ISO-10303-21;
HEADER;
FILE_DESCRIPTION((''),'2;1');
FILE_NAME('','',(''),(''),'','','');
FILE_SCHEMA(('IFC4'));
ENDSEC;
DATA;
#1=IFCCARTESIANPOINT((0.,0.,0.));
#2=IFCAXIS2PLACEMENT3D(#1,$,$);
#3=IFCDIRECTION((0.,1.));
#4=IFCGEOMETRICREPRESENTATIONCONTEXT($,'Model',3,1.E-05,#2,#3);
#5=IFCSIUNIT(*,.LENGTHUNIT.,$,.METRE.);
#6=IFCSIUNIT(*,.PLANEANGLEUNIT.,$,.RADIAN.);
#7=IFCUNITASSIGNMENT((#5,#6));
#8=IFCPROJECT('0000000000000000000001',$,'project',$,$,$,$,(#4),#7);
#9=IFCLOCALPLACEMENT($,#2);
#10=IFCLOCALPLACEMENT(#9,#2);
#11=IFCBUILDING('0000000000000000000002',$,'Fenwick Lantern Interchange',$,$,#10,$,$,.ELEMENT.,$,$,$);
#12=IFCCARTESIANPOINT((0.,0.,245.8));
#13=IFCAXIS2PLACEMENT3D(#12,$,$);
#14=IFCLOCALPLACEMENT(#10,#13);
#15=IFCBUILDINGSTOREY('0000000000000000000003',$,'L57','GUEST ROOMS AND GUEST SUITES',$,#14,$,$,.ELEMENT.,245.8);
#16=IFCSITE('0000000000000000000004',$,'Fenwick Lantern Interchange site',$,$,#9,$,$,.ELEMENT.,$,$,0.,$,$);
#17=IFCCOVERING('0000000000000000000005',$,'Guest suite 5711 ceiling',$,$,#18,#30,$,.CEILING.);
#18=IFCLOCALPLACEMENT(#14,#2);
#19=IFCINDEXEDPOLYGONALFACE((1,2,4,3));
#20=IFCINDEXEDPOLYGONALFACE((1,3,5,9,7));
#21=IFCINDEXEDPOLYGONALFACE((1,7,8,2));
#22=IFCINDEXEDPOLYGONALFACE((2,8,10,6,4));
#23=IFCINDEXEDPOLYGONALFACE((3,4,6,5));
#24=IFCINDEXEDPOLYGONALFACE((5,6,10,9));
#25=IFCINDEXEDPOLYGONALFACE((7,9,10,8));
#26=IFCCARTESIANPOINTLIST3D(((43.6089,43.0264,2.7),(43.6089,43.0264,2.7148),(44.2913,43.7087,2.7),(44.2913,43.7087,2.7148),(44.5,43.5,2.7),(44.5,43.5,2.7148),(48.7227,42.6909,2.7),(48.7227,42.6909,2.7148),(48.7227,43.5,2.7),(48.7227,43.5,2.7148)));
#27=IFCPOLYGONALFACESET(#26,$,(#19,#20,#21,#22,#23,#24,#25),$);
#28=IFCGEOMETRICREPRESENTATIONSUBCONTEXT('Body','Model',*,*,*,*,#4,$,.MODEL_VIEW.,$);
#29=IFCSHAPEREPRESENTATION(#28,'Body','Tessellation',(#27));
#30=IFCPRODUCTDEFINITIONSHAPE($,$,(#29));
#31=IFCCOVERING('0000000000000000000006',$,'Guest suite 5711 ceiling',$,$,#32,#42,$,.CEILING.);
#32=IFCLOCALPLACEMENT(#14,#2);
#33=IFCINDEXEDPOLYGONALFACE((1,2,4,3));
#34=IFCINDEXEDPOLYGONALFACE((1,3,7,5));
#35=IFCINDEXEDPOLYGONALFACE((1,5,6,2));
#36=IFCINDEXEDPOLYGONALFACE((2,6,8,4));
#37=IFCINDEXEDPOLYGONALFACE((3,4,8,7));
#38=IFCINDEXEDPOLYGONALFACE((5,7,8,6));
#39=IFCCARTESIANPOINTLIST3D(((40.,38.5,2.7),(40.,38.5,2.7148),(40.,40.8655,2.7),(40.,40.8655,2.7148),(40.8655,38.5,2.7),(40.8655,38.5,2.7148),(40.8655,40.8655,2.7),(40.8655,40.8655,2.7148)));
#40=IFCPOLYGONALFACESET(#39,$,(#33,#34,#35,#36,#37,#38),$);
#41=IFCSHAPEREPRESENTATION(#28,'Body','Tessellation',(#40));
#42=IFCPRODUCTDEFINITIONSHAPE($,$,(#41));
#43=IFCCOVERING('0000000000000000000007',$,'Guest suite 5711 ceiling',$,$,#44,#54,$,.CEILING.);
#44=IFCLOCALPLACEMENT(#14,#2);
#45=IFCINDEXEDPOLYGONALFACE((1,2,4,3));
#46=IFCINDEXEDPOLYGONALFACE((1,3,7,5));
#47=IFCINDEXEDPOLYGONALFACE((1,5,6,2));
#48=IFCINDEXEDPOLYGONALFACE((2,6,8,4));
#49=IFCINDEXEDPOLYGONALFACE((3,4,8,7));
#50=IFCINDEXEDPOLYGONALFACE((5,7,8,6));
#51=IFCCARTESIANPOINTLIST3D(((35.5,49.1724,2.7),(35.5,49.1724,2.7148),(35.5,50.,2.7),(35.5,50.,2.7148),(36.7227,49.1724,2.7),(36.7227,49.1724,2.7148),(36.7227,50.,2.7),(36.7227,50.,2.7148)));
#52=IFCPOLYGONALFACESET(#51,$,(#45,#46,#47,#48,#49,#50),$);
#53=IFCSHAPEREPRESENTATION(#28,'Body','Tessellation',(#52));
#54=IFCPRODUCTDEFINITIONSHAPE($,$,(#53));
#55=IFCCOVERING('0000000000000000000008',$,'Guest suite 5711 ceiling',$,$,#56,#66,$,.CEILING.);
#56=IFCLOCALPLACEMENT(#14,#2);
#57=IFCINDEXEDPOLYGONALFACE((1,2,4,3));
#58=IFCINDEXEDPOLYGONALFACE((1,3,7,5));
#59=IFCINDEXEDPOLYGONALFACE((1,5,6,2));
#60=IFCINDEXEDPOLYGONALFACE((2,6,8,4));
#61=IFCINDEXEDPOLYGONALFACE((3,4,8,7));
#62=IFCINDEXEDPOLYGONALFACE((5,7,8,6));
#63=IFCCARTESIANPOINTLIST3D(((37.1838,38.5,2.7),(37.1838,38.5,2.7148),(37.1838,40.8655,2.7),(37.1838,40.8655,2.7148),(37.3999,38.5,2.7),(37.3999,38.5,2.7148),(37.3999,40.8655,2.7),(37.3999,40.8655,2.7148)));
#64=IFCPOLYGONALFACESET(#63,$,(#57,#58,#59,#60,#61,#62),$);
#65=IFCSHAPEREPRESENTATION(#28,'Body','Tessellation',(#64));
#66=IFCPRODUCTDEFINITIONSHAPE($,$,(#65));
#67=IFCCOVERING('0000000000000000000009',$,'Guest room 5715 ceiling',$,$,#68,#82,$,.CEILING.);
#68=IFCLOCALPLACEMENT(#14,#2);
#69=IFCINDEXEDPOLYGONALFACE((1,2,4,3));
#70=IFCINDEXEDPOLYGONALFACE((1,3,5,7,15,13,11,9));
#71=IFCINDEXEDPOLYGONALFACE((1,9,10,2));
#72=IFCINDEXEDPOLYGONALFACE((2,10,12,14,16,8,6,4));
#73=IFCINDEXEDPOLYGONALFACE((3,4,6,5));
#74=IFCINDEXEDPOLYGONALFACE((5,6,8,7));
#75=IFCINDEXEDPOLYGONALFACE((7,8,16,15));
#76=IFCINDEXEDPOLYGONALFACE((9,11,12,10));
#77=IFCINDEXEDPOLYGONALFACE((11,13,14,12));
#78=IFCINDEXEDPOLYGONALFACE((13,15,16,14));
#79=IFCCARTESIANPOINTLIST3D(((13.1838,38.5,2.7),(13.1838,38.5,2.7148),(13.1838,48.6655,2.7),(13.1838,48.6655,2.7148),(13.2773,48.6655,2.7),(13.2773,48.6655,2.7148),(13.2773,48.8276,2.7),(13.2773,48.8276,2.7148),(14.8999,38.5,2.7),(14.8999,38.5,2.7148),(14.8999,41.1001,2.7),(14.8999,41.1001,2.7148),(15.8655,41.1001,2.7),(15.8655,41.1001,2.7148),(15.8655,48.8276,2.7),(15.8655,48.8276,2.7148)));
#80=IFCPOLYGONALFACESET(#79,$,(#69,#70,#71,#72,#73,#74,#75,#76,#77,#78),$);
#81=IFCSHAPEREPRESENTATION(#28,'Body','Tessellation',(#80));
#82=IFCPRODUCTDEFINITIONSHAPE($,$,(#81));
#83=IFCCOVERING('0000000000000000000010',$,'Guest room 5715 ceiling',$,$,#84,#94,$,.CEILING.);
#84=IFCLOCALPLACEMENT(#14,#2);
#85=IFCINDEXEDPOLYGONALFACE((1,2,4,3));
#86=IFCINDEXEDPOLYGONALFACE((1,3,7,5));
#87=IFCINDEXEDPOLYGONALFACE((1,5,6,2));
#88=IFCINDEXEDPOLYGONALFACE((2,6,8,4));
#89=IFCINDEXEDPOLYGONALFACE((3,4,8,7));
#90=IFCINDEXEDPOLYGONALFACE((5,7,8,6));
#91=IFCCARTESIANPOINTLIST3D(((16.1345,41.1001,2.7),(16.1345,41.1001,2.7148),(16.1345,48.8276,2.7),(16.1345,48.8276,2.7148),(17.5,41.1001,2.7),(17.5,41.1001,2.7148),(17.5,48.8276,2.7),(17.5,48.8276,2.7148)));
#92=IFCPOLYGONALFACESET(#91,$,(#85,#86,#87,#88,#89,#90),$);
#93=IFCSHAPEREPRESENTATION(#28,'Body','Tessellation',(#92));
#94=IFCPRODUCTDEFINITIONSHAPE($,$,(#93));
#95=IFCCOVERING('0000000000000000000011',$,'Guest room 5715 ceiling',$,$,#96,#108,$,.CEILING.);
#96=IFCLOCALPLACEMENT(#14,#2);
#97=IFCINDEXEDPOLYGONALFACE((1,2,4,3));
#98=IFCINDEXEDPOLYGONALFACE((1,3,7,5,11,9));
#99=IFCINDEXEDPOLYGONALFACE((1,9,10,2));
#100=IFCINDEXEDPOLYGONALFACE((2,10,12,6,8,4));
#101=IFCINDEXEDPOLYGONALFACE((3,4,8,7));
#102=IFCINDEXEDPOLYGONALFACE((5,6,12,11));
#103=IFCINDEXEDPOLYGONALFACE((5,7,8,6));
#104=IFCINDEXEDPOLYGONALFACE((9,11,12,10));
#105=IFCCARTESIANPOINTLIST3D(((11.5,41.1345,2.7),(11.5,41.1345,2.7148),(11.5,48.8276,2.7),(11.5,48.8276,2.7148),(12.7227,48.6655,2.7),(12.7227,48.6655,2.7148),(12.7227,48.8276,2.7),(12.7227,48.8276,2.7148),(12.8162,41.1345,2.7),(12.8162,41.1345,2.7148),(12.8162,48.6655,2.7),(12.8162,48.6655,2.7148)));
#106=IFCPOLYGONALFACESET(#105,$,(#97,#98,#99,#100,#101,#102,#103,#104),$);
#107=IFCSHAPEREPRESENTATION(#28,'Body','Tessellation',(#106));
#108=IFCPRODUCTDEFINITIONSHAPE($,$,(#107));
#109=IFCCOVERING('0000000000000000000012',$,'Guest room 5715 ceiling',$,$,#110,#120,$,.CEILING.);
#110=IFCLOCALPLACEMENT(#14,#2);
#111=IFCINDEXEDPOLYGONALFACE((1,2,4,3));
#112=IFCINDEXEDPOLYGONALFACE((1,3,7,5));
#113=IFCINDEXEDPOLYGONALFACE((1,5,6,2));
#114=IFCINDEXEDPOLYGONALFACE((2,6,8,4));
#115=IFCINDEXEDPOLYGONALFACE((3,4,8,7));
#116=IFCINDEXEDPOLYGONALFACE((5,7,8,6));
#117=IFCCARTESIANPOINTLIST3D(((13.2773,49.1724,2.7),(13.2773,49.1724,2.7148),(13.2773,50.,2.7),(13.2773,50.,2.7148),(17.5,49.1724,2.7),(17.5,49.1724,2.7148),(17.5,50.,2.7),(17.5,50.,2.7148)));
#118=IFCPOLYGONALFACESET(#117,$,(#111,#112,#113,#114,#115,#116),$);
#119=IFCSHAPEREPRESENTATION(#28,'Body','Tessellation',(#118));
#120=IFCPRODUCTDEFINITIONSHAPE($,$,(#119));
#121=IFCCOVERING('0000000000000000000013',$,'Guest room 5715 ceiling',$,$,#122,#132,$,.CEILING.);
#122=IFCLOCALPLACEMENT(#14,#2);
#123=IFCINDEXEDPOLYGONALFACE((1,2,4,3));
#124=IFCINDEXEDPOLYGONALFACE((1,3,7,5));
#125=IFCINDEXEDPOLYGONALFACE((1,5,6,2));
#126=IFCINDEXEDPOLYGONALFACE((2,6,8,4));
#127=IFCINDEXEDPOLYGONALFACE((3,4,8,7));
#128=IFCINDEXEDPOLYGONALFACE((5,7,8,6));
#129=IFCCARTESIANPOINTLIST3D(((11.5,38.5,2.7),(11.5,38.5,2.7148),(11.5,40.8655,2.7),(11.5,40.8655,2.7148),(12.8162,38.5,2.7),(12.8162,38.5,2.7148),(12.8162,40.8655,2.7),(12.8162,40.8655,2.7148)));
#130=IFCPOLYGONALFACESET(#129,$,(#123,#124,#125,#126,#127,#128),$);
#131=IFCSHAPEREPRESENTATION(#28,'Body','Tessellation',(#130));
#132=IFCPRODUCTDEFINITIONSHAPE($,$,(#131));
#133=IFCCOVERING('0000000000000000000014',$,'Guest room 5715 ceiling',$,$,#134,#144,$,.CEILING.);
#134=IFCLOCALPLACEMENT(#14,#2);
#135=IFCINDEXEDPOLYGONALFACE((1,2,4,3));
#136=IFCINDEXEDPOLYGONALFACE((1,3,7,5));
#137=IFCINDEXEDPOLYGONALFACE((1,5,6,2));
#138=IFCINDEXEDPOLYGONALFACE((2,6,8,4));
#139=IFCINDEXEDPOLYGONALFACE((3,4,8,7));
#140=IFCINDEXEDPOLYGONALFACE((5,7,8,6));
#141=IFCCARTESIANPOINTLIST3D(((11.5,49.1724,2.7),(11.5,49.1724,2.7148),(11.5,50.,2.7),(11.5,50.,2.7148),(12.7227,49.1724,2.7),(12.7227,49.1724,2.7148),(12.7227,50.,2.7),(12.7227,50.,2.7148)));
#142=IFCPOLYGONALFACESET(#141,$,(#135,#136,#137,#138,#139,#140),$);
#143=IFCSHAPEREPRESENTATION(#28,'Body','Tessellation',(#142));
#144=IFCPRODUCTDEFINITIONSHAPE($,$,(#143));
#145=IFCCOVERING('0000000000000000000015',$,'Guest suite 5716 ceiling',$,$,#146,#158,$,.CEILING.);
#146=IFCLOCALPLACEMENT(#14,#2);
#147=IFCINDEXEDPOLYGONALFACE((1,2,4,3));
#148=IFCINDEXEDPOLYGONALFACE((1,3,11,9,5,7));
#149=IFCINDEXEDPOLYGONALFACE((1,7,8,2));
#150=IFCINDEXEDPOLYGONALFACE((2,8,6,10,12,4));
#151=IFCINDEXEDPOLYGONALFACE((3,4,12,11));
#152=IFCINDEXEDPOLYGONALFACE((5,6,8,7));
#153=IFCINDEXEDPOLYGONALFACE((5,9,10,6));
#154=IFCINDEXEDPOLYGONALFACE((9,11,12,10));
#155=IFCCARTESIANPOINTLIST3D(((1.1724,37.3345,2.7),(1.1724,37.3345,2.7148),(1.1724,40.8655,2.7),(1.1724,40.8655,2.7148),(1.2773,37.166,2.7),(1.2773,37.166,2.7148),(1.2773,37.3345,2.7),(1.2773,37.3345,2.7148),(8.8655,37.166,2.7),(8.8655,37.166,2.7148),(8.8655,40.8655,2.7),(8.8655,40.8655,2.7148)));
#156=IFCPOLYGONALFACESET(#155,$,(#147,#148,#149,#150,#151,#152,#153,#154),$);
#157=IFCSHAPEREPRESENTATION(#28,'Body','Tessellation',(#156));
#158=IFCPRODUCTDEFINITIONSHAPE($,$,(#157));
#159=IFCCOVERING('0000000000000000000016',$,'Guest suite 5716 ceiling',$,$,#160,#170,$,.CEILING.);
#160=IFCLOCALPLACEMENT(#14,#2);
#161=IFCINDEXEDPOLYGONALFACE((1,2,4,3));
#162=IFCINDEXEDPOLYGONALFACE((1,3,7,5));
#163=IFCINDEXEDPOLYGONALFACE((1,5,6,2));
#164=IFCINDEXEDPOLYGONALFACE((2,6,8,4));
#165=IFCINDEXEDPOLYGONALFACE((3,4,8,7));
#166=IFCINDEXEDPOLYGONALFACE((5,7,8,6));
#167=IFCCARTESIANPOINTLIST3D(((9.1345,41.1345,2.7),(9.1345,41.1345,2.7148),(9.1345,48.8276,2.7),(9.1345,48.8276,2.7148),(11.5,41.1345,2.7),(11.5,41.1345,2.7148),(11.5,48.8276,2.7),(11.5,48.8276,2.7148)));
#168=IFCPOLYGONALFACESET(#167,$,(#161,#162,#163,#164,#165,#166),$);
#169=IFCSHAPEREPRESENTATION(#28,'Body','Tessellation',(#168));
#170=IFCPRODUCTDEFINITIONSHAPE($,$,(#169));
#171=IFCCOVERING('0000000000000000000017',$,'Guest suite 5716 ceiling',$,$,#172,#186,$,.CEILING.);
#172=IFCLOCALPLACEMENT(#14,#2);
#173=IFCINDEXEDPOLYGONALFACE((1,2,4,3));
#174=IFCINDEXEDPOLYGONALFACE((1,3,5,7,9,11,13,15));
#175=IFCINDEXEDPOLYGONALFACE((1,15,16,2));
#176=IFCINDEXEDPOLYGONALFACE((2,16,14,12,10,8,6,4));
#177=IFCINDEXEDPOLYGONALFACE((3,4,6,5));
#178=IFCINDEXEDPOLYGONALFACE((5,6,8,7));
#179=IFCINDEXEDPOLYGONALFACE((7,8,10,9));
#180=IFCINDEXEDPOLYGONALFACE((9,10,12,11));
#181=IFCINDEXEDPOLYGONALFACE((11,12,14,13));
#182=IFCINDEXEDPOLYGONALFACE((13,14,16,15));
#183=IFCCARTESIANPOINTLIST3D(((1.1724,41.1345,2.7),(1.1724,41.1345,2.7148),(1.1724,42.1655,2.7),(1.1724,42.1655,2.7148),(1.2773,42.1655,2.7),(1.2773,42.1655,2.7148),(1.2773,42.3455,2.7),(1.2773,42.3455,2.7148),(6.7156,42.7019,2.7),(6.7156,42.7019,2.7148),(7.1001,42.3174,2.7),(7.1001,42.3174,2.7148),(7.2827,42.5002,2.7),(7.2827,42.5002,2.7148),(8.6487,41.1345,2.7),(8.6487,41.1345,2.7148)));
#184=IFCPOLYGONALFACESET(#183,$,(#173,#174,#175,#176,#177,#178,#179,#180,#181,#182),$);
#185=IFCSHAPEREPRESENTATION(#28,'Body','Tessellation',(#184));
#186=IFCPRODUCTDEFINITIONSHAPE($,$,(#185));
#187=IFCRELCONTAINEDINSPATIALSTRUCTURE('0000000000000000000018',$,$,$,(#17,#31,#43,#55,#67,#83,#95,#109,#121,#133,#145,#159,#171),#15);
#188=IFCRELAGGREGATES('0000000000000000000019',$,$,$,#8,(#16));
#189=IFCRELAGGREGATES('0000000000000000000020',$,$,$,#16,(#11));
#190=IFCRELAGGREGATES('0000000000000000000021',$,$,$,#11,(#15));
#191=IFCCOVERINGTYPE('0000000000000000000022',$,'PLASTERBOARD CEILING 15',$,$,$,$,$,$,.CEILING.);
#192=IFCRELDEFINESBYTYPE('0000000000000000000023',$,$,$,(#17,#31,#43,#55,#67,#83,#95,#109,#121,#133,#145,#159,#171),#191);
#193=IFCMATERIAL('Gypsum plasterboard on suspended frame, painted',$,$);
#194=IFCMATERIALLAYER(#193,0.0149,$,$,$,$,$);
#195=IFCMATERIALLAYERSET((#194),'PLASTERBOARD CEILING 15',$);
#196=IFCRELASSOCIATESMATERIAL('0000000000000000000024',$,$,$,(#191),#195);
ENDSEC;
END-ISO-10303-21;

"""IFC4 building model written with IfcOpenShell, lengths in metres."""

from ifc_helpers import new_model, si_unit, direction, frame, origin, place, context, subcontext, project, spatial, polyline, outline, extrude, material, layer, layer_set, type_object, element, save


model = new_model("IFC4")

# Units and contexts
model_context = context("Model", 3, precision=1e-05, world=origin(), true_north=direction((0.0, 1.0)))
body_context = subcontext(model_context, "Body", "Model", "MODEL_VIEW")
ifc_project = project(units=[si_unit("LENGTHUNIT", "METRE"), si_unit("PLANEANGLEUNIT", "RADIAN")], contexts=[model_context])

# Site, building, storey
site_placement = place(None, origin())
site = spatial("IfcSite", under=ifc_project, at=site_placement, Name="Fenwick Lantern Interchange site", CompositionType="ELEMENT", RefElevation=0.0)
building_placement = place(site_placement, origin())
building = spatial("IfcBuilding", under=site, at=building_placement, Name="Fenwick Lantern Interchange", CompositionType="ELEMENT")
storey_placement = place(building_placement, frame((0.0, 0.0, 245.8)))
storey = spatial("IfcBuildingStorey", under=building, at=storey_placement, Name="L57", Description="GUEST ROOMS AND GUEST SUITES", CompositionType="ELEMENT", Elevation=245.8)

# Coverings
ifc_material = material(Name="Gypsum plasterboard on suspended frame, painted")
ifc_layer = layer(ifc_material, 0.0149)
ifc_layer_set = layer_set([ifc_layer], Name="PLASTERBOARD CEILING 15")
covering_type = type_object("IfcCoveringType", Name="PLASTERBOARD CEILING 15", PredefinedType="CEILING", material=ifc_layer_set)
covering_1_placement = place(storey_placement, frame((0.0, 0.0, 2.7)))
element("IfcCovering", 1, at=covering_1_placement, inside=storey, type_object=covering_type, Name="Guest suite 5711 ceiling", PredefinedType="CEILING", context=body_context, shape_type="SweptSolid", body=[
    extrude(outline(polyline([(44.2913, 43.7087), (43.6089, 43.0264), (48.7227, 42.6909), (48.7227, 43.5), (44.5, 43.5), (44.2913, 43.7087)])), origin(), (0.0, 0.0, 1.0), 0.0149),
])
covering_2_placement = place(storey_placement, frame((0.0, 0.0, 2.7)))
element("IfcCovering", 2, at=covering_2_placement, inside=storey, type_object=covering_type, Name="Guest suite 5711 ceiling", PredefinedType="CEILING", context=body_context, shape_type="SweptSolid", body=[
    extrude(outline(polyline([(40.0, 38.5), (40.8655, 38.5), (40.8655, 40.8655), (40.0, 40.8655), (40.0, 38.5)])), origin(), (0.0, 0.0, 1.0), 0.0149),
])
covering_3_placement = place(storey_placement, frame((0.0, 0.0, 2.7)))
element("IfcCovering", 3, at=covering_3_placement, inside=storey, type_object=covering_type, Name="Guest suite 5711 ceiling", PredefinedType="CEILING", context=body_context, shape_type="SweptSolid", body=[
    extrude(outline(polyline([(35.5, 50.0), (35.5, 49.1724), (36.7227, 49.1724), (36.7227, 50.0), (35.5, 50.0)])), origin(), (0.0, 0.0, 1.0), 0.0149),
])
covering_4_placement = place(storey_placement, frame((0.0, 0.0, 2.7)))
element("IfcCovering", 4, at=covering_4_placement, inside=storey, type_object=covering_type, Name="Guest suite 5711 ceiling", PredefinedType="CEILING", context=body_context, shape_type="SweptSolid", body=[
    extrude(outline(polyline([(37.3999, 38.5), (37.3999, 40.8655), (37.1838, 40.8655), (37.1838, 38.5), (37.3999, 38.5)])), origin(), (0.0, 0.0, 1.0), 0.0149),
])
covering_5_placement = place(storey_placement, frame((0.0, 0.0, 2.7)))
element("IfcCovering", 5, at=covering_5_placement, inside=storey, type_object=covering_type, Name="Guest room 5715 ceiling", PredefinedType="CEILING", context=body_context, shape_type="SweptSolid", body=[
    extrude(outline(polyline([(13.2773, 48.6655), (13.1838, 48.6655), (13.1838, 38.5), (14.8999, 38.5), (14.8999, 41.1001), (15.8655, 41.1001), (15.8655, 48.8276), (13.2773, 48.8276), (13.2773, 48.6655)])), origin(), (0.0, 0.0, 1.0), 0.0149),
])
covering_6_placement = place(storey_placement, frame((0.0, 0.0, 2.7)))
element("IfcCovering", 6, at=covering_6_placement, inside=storey, type_object=covering_type, Name="Guest room 5715 ceiling", PredefinedType="CEILING", context=body_context, shape_type="SweptSolid", body=[
    extrude(outline(polyline([(17.5, 41.1001), (17.5, 48.8276), (16.1345, 48.8276), (16.1345, 41.1001), (17.5, 41.1001)])), origin(), (0.0, 0.0, 1.0), 0.0149),
])
covering_7_placement = place(storey_placement, frame((0.0, 0.0, 2.7)))
element("IfcCovering", 7, at=covering_7_placement, inside=storey, type_object=covering_type, Name="Guest room 5715 ceiling", PredefinedType="CEILING", context=body_context, shape_type="SweptSolid", body=[
    extrude(outline(polyline([(12.7227, 48.6655), (12.7227, 48.8276), (11.5, 48.8276), (11.5, 41.1345), (12.8162, 41.1345), (12.8162, 48.6655), (12.7227, 48.6655)])), origin(), (0.0, 0.0, 1.0), 0.0149),
])
covering_8_placement = place(storey_placement, frame((0.0, 0.0, 2.7)))
element("IfcCovering", 8, at=covering_8_placement, inside=storey, type_object=covering_type, Name="Guest room 5715 ceiling", PredefinedType="CEILING", context=body_context, shape_type="SweptSolid", body=[
    extrude(outline(polyline([(13.2773, 50.0), (13.2773, 49.1724), (17.5, 49.1724), (17.5, 50.0), (13.2773, 50.0)])), origin(), (0.0, 0.0, 1.0), 0.0149),
])
covering_9_placement = place(storey_placement, frame((0.0, 0.0, 2.7)))
element("IfcCovering", 9, at=covering_9_placement, inside=storey, type_object=covering_type, Name="Guest room 5715 ceiling", PredefinedType="CEILING", context=body_context, shape_type="SweptSolid", body=[
    extrude(outline(polyline([(11.5, 38.5), (12.8162, 38.5), (12.8162, 40.8655), (11.5, 40.8655), (11.5, 38.5)])), origin(), (0.0, 0.0, 1.0), 0.0149),
])
covering_10_placement = place(storey_placement, frame((0.0, 0.0, 2.7)))
element("IfcCovering", 10, at=covering_10_placement, inside=storey, type_object=covering_type, Name="Guest room 5715 ceiling", PredefinedType="CEILING", context=body_context, shape_type="SweptSolid", body=[
    extrude(outline(polyline([(12.7227, 50.0), (11.5, 50.0), (11.5, 49.1724), (12.7227, 49.1724), (12.7227, 50.0)])), origin(), (0.0, 0.0, 1.0), 0.0149),
])
covering_11_placement = place(storey_placement, frame((0.0, 0.0, 2.7)))
element("IfcCovering", 11, at=covering_11_placement, inside=storey, type_object=covering_type, Name="Guest suite 5716 ceiling", PredefinedType="CEILING", context=body_context, shape_type="SweptSolid", body=[
    extrude(outline(polyline([(1.2773, 37.3345), (1.2773, 37.166), (8.8655, 37.166), (8.8655, 40.8655), (1.1724, 40.8655), (1.1724, 37.3345), (1.2773, 37.3345)])), origin(), (0.0, 0.0, 1.0), 0.0149),
])
covering_12_placement = place(storey_placement, frame((0.0, 0.0, 2.7)))
element("IfcCovering", 12, at=covering_12_placement, inside=storey, type_object=covering_type, Name="Guest suite 5716 ceiling", PredefinedType="CEILING", context=body_context, shape_type="SweptSolid", body=[
    extrude(outline(polyline([(11.5, 41.1345), (11.5, 48.8276), (9.1345, 48.8276), (9.1345, 41.1345), (11.5, 41.1345)])), origin(), (0.0, 0.0, 1.0), 0.0149),
])
covering_13_placement = place(storey_placement, frame((0.0, 0.0, 2.7)))
element("IfcCovering", 13, at=covering_13_placement, inside=storey, type_object=covering_type, Name="Guest suite 5716 ceiling", PredefinedType="CEILING", context=body_context, shape_type="SweptSolid", body=[
    extrude(outline(polyline([(1.2773, 42.1655), (1.1724, 42.1655), (1.1724, 41.1345), (8.6487, 41.1345), (7.2827, 42.5002), (7.1001, 42.3174), (6.7156, 42.7019), (1.2773, 42.3455), (1.2773, 42.1655)])), origin(), (0.0, 0.0, 1.0), 0.0149),
])

save(model, "model.ifc")
